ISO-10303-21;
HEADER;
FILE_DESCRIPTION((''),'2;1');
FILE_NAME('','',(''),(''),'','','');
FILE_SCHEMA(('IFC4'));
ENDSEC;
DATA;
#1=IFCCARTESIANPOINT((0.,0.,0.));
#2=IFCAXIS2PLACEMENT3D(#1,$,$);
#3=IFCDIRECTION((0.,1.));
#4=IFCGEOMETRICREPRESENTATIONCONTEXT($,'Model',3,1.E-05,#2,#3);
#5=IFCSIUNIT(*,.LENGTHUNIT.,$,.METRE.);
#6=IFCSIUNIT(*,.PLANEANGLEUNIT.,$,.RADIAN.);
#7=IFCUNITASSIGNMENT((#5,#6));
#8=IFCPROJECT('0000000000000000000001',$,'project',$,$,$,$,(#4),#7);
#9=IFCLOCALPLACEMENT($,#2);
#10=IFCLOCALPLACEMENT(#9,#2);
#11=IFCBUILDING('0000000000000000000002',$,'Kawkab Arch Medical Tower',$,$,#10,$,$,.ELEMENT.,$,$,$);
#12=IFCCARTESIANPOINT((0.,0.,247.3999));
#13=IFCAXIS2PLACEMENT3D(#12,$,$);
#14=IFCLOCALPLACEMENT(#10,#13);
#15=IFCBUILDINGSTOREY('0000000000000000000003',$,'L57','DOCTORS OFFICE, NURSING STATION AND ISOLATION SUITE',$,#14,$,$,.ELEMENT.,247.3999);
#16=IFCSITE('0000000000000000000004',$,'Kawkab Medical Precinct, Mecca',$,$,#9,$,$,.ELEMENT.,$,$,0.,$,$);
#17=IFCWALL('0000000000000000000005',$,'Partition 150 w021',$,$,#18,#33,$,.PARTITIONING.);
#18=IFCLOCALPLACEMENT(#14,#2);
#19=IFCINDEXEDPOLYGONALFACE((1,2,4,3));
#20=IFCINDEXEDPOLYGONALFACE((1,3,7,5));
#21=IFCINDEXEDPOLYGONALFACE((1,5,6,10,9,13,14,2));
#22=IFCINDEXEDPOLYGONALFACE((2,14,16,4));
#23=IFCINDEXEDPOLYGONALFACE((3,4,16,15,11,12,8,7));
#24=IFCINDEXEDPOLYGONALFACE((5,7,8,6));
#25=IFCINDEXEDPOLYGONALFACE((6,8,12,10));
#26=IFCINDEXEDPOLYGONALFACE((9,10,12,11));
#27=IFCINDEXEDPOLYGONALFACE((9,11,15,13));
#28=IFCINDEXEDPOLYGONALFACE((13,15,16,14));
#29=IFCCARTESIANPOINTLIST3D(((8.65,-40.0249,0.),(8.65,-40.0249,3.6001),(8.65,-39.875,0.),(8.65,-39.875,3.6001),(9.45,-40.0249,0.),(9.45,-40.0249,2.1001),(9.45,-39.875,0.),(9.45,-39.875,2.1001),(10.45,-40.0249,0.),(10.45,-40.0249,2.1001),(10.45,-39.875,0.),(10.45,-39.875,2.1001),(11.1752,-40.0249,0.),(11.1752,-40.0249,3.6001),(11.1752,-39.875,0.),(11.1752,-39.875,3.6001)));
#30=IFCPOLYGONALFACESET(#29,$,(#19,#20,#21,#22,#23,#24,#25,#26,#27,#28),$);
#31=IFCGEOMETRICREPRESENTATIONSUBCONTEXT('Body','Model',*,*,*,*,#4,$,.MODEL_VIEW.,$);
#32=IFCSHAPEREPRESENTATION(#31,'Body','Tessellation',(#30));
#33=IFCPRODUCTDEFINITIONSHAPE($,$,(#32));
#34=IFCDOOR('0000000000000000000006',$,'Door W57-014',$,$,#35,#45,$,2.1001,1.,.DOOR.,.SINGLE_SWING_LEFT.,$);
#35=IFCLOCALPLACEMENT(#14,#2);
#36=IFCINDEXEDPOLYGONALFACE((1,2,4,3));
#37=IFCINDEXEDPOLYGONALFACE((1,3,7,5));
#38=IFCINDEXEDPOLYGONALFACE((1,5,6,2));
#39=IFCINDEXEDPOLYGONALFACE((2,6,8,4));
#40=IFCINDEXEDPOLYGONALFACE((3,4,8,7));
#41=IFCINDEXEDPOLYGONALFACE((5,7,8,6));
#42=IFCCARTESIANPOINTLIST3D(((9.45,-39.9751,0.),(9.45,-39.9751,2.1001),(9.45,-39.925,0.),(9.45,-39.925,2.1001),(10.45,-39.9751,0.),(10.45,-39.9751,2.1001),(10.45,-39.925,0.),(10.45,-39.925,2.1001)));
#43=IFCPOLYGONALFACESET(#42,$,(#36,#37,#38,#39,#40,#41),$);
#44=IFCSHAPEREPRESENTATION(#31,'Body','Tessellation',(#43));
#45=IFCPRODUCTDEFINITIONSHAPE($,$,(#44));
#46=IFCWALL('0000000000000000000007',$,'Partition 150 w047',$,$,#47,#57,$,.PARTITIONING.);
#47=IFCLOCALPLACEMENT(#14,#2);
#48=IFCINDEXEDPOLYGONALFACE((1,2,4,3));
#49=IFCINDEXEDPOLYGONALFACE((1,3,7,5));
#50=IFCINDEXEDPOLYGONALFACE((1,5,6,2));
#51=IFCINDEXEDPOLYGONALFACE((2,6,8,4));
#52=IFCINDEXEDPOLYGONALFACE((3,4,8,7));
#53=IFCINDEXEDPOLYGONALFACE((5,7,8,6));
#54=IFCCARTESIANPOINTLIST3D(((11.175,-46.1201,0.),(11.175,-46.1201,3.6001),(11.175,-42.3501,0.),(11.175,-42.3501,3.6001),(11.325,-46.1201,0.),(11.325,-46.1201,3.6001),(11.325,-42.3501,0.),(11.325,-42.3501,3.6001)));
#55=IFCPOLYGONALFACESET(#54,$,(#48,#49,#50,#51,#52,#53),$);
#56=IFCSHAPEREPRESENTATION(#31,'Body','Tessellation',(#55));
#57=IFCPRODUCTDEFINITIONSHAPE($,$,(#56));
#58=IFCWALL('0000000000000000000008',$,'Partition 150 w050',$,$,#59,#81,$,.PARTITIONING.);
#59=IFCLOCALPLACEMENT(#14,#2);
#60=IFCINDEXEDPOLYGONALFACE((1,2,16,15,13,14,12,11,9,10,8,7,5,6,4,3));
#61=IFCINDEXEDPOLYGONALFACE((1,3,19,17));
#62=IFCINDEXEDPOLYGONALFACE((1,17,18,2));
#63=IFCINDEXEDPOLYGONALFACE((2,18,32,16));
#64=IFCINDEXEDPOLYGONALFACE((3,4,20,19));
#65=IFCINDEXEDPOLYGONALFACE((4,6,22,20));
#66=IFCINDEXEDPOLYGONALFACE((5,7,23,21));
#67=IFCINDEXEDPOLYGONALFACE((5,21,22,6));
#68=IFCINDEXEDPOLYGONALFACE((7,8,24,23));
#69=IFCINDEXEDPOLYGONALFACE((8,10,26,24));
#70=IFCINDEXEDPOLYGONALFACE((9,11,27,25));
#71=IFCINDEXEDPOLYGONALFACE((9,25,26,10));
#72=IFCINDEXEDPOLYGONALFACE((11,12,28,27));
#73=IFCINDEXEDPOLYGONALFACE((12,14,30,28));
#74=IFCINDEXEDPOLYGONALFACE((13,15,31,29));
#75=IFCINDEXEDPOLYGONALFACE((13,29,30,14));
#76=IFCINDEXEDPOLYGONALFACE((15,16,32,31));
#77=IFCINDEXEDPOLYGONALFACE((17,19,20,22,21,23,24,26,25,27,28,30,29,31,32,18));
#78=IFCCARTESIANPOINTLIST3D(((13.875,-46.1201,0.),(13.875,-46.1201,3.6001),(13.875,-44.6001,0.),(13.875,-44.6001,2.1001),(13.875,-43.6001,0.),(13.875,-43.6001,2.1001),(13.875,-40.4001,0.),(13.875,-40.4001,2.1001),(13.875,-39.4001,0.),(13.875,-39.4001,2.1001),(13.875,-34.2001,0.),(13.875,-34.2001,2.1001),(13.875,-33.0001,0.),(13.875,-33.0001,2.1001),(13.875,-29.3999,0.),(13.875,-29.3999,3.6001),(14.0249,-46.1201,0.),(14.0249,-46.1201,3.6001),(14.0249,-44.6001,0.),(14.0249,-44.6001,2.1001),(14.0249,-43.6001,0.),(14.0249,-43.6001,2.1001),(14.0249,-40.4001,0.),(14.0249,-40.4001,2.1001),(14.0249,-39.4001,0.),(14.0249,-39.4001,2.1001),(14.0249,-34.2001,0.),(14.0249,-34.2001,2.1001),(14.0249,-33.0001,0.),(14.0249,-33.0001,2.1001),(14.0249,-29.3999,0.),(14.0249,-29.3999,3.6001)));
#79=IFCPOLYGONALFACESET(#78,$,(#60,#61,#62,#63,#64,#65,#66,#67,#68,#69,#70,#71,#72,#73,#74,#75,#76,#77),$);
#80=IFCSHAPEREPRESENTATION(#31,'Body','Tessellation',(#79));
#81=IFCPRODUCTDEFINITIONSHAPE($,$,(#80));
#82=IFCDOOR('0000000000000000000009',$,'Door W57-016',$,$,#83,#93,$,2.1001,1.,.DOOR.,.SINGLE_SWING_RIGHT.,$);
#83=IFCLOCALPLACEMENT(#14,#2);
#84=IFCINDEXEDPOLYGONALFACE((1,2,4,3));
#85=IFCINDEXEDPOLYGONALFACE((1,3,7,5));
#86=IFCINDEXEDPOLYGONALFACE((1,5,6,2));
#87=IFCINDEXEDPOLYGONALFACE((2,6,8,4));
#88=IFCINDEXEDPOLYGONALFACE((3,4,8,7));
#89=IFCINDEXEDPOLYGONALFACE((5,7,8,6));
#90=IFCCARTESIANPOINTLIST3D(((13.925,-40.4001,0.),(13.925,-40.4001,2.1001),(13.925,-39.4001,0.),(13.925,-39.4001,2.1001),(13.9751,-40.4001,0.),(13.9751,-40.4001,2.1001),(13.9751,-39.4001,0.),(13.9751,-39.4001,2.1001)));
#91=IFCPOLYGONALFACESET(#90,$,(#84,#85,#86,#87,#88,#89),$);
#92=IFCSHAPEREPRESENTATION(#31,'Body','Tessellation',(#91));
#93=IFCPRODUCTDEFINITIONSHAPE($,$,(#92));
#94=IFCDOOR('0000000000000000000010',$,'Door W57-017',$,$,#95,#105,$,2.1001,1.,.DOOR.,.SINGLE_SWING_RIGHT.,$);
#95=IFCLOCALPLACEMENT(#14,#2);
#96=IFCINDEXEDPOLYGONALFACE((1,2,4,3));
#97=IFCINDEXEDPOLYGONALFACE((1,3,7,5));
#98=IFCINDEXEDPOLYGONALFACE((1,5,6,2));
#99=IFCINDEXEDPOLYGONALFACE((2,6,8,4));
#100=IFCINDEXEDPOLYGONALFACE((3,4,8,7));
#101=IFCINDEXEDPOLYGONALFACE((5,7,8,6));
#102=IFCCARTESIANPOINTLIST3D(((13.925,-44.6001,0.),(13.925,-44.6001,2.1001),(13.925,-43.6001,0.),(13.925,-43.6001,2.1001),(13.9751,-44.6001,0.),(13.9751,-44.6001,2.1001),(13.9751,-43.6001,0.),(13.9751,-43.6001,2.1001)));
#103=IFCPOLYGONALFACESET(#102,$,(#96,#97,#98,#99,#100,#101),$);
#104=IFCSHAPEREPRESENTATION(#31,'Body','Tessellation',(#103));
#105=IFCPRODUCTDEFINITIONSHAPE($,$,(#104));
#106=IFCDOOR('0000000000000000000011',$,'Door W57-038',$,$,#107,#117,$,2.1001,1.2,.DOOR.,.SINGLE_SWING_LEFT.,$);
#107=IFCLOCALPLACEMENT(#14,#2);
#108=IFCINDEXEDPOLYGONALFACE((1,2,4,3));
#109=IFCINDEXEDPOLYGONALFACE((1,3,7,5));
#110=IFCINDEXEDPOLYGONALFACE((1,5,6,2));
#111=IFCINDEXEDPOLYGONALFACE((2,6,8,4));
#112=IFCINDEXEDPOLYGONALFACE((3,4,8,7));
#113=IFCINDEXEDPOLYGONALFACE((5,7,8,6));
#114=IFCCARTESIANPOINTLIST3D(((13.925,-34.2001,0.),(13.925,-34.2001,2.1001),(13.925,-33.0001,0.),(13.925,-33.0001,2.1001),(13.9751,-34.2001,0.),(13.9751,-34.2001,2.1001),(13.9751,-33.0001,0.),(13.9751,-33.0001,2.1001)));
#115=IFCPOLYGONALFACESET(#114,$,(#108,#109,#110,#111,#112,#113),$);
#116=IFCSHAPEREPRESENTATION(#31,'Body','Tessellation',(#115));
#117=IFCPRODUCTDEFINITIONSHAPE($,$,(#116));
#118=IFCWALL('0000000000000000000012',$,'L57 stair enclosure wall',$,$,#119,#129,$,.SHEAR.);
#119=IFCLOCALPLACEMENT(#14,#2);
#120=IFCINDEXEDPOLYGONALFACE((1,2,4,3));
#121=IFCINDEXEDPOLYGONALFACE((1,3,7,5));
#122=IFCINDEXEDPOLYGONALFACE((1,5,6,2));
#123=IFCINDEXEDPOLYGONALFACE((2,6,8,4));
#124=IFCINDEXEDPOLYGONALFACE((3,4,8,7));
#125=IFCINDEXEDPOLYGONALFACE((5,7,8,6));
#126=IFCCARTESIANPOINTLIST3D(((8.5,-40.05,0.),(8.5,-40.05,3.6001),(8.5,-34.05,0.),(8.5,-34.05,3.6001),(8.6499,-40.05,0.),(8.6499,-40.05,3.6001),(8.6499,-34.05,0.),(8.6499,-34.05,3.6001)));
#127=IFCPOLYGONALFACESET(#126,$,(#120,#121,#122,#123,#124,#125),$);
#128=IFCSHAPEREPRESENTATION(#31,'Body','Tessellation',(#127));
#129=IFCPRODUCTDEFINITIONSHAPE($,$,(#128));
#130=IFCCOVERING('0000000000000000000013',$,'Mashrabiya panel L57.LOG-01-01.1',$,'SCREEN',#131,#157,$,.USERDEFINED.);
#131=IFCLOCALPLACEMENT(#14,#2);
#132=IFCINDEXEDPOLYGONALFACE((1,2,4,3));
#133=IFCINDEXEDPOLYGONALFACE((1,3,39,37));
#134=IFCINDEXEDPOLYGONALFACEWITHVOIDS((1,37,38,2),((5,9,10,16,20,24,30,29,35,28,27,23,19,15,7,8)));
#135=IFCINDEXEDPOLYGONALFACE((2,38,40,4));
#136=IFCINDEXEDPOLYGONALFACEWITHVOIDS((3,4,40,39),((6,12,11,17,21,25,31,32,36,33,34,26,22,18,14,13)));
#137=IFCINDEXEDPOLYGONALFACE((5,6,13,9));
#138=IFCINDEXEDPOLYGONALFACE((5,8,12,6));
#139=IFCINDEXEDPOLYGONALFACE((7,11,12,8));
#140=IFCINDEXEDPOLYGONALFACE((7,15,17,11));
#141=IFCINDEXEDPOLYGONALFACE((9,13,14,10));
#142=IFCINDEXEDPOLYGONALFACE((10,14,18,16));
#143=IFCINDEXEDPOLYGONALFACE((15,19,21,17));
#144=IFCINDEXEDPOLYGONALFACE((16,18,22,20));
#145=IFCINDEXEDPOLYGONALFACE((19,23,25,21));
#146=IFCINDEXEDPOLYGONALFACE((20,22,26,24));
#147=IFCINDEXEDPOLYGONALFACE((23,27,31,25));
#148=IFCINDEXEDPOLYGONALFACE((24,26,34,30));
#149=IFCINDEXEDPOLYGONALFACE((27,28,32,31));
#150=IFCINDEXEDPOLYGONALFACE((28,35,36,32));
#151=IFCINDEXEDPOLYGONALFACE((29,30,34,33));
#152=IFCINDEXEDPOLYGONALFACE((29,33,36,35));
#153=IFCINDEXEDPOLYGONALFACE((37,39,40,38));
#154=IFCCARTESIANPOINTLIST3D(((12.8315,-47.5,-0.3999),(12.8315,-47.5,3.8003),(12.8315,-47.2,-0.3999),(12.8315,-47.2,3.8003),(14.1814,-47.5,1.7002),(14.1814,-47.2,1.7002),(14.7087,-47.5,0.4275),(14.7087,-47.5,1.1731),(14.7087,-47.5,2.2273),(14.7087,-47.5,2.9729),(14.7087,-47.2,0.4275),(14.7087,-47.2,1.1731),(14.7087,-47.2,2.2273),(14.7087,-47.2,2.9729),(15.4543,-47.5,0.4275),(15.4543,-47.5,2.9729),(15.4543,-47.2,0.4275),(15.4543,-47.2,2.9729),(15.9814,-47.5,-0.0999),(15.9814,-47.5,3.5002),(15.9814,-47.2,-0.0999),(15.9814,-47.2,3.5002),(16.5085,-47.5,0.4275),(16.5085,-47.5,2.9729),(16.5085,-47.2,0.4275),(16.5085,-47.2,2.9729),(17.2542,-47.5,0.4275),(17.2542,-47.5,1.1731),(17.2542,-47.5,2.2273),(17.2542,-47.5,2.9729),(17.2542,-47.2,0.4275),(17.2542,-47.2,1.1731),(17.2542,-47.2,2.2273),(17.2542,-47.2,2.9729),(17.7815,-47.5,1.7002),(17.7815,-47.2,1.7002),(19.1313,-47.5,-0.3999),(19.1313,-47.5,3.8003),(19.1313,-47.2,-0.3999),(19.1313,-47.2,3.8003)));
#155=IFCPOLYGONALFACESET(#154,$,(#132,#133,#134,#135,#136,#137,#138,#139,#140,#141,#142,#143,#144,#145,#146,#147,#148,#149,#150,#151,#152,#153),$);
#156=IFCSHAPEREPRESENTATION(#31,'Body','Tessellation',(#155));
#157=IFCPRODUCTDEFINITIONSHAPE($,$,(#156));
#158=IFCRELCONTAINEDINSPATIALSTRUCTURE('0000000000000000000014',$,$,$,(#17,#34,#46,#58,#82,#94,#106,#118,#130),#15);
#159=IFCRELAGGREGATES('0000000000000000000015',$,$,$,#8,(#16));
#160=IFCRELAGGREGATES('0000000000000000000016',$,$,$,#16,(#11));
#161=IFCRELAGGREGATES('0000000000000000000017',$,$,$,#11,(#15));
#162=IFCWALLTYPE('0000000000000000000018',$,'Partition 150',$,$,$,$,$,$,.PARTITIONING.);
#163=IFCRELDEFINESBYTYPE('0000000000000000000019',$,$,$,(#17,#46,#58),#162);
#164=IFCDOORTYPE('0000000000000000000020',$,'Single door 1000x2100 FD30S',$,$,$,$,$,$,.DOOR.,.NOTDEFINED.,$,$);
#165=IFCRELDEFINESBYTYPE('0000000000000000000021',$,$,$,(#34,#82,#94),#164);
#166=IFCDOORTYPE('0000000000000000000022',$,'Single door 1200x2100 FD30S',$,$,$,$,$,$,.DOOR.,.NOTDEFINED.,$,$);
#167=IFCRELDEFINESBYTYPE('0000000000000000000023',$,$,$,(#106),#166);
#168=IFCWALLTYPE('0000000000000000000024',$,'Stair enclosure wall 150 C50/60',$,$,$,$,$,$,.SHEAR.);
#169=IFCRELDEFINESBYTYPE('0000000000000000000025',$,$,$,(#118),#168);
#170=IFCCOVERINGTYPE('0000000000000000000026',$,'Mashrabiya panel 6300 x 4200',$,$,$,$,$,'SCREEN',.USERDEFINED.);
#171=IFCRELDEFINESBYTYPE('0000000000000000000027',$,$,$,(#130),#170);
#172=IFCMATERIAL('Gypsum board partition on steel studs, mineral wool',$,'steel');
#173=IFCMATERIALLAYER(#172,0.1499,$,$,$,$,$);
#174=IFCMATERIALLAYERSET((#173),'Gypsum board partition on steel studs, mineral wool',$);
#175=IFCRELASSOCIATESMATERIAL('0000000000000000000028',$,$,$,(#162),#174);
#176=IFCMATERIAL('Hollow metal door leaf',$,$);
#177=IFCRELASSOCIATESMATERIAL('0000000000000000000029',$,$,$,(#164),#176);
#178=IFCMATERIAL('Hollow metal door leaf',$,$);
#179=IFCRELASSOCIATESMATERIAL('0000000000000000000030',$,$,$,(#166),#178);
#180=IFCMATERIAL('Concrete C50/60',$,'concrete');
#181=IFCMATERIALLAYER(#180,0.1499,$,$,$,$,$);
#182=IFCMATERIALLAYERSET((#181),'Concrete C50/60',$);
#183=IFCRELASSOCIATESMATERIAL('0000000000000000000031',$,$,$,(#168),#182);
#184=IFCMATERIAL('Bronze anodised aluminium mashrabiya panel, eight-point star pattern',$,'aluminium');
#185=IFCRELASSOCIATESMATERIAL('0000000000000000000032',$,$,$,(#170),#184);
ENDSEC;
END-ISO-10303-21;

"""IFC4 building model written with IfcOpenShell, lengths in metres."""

from ifc_helpers import new_model, si_unit, direction, frame, frame_2d, origin, place, context, subcontext, project, spatial, polyline, rectangle, outline, extrude, material, layer, layer_set, material_profile, profile_set, type_object, element, fill, save


model = new_model("IFC4")

# Units and contexts
model_context = context("Model", 3, precision=1e-05, world=origin(), true_north=direction((0.0, 1.0)))
body_context = subcontext(model_context, "Body", "Model", "MODEL_VIEW")
ifc_project = project(units=[si_unit("LENGTHUNIT", "METRE"), si_unit("PLANEANGLEUNIT", "RADIAN")], contexts=[model_context])

# Site, building, storey
site_placement = place(None, origin())
site = spatial("IfcSite", under=ifc_project, at=site_placement, Name="Kawkab Medical Precinct, Mecca", CompositionType="ELEMENT", RefElevation=0.0)
building_placement = place(site_placement, origin())
building = spatial("IfcBuilding", under=site, at=building_placement, Name="Kawkab Arch Medical Tower", CompositionType="ELEMENT")
storey_placement = place(building_placement, frame((0.0, 0.0, 247.3999)))
storey = spatial("IfcBuildingStorey", under=building, at=storey_placement, Name="L57", Description="DOCTORS OFFICE, NURSING STATION AND ISOLATION SUITE", CompositionType="ELEMENT", Elevation=247.3999)

# Shared definitions
ifc_material_1 = material(Name="Gypsum board partition on steel studs, mineral wool", Category="steel")
ifc_layer_1 = layer(ifc_material_1, 0.1499)
ifc_layer_set_1 = layer_set([ifc_layer_1], Name="Gypsum board partition on steel studs, mineral wool")
wall_type_1 = type_object("IfcWallType", Name="Partition 150", PredefinedType="PARTITIONING", material=ifc_layer_set_1)

# Wall, opening, door
wall_1_placement = place(storey_placement, frame((8.6499, -39.95, 0.0), z_axis=(0.0, 0.0, 1.0), x_axis=(1.0, 0.0, 0.0)))
wall_1 = element("IfcWall", 1, at=wall_1_placement, inside=storey, type_object=wall_type_1, Name="Partition 150 w021", PredefinedType="PARTITIONING", context=body_context, shape_type="SweptSolid", body=[
    extrude(rectangle(XDim=2.5251, YDim=0.1499, at=frame_2d((1.2627, 0.0))), origin(), (0.0, 0.0, 1.0), 3.6001),
])
opening_1_placement = place(wall_1_placement, frame((0.8, 0.0, 0.0)))
opening_1 = element("IfcOpeningElement", 2, at=opening_1_placement, cuts=wall_1, PredefinedType="OPENING", context=body_context, shape_type="SweptSolid", body=[
    extrude(rectangle(XDim=1.0, YDim=2.1001, at=frame_2d((0.5, 1.05))), frame((0.0, 0.085, 0.0), z_axis=(0.0, -1.0, 0.0), x_axis=(1.0, 0.0, 0.0)), (0.0, 0.0, 1.0), 0.1699),
])
ifc_material_2 = material(Name="Hollow metal door leaf")
door_type_1 = type_object("IfcDoorType", Name="Single door 1000x2100 FD30S", OperationType="NOTDEFINED", PredefinedType="DOOR", material=ifc_material_2)
door_1_placement = place(opening_1_placement, origin())
door_1 = element("IfcDoor", 3, at=door_1_placement, inside=storey, type_object=door_type_1, Name="Door W57-014", OperationType="SINGLE_SWING_LEFT", OverallHeight=2.1001, OverallWidth=1.0, PredefinedType="DOOR", context=body_context, shape_type="SweptSolid", body=[
    extrude(rectangle(XDim=1.0, YDim=2.1001, at=frame_2d((0.5, 1.05))), frame((0.0, 0.0249, 0.0), z_axis=(0.0, -1.0, 0.0), x_axis=(1.0, 0.0, 0.0)), (0.0, 0.0, 1.0), 0.05),
])
fill(opening_1, door_1)

# Wall
wall_2_placement = place(storey_placement, frame((11.25, -46.1201, 0.0), z_axis=(0.0, 0.0, 1.0), x_axis=(0.0, 1.0, 0.0)))
element("IfcWall", 4, at=wall_2_placement, inside=storey, type_object=wall_type_1, Name="Partition 150 w047", PredefinedType="PARTITIONING", context=body_context, shape_type="SweptSolid", body=[
    extrude(rectangle(XDim=3.77, YDim=0.1499, at=frame_2d((1.885, 0.0))), origin(), (0.0, 0.0, 1.0), 3.6001),
])

# Wall, openings, doors
wall_3_placement = place(storey_placement, frame((13.95, -46.1201, 0.0), z_axis=(0.0, 0.0, 1.0), x_axis=(0.0, 1.0, 0.0)))
wall_3 = element("IfcWall", 5, at=wall_3_placement, inside=storey, type_object=wall_type_1, Name="Partition 150 w050", PredefinedType="PARTITIONING", context=body_context, shape_type="SweptSolid", body=[
    extrude(rectangle(XDim=16.7202, YDim=0.1499, at=frame_2d((8.3601, 0.0))), origin(), (0.0, 0.0, 1.0), 3.6001),
])
opening_2_placement = place(wall_3_placement, frame((11.9199, 0.0, 0.0)))
opening_2 = element("IfcOpeningElement", 6, at=opening_2_placement, cuts=wall_3, PredefinedType="OPENING", context=body_context, shape_type="SweptSolid", body=[
    extrude(rectangle(XDim=1.2, YDim=2.1001, at=frame_2d((0.6001, 1.05))), frame((0.0, 0.085, 0.0), z_axis=(0.0, -1.0, 0.0), x_axis=(1.0, 0.0, 0.0)), (0.0, 0.0, 1.0), 0.1699),
])
opening_3_placement = place(wall_3_placement, frame((5.72, 0.0, 0.0)))
opening_3 = element("IfcOpeningElement", 7, at=opening_3_placement, cuts=wall_3, PredefinedType="OPENING", context=body_context, shape_type="SweptSolid", body=[
    extrude(rectangle(XDim=1.0, YDim=2.1001, at=frame_2d((0.5, 1.05))), frame((0.0, 0.085, 0.0), z_axis=(0.0, -1.0, 0.0), x_axis=(1.0, 0.0, 0.0)), (0.0, 0.0, 1.0), 0.1699),
])
opening_4_placement = place(wall_3_placement, frame((1.52, 0.0, 0.0)))
opening_4 = element("IfcOpeningElement", 8, at=opening_4_placement, cuts=wall_3, PredefinedType="OPENING", context=body_context, shape_type="SweptSolid", body=[
    extrude(rectangle(XDim=1.0, YDim=2.1001, at=frame_2d((0.5, 1.05))), frame((0.0, 0.085, 0.0), z_axis=(0.0, -1.0, 0.0), x_axis=(1.0, 0.0, 0.0)), (0.0, 0.0, 1.0), 0.1699),
])
door_2_placement = place(opening_3_placement, origin())
door_2 = element("IfcDoor", 9, at=door_2_placement, inside=storey, type_object=door_type_1, Name="Door W57-016", OperationType="SINGLE_SWING_RIGHT", OverallHeight=2.1001, OverallWidth=1.0, PredefinedType="DOOR", context=body_context, shape_type="SweptSolid", body=[
    extrude(rectangle(XDim=1.0, YDim=2.1001, at=frame_2d((0.5, 1.05))), frame((0.0, 0.0249, 0.0), z_axis=(0.0, -1.0, 0.0), x_axis=(1.0, 0.0, 0.0)), (0.0, 0.0, 1.0), 0.05),
])
fill(opening_3, door_2)
door_3_placement = place(opening_4_placement, origin())
door_3 = element("IfcDoor", 10, at=door_3_placement, inside=storey, type_object=door_type_1, Name="Door W57-017", OperationType="SINGLE_SWING_RIGHT", OverallHeight=2.1001, OverallWidth=1.0, PredefinedType="DOOR", context=body_context, shape_type="SweptSolid", body=[
    extrude(rectangle(XDim=1.0, YDim=2.1001, at=frame_2d((0.5, 1.05))), frame((0.0, 0.0249, 0.0), z_axis=(0.0, -1.0, 0.0), x_axis=(1.0, 0.0, 0.0)), (0.0, 0.0, 1.0), 0.05),
])
fill(opening_4, door_3)
ifc_material_3 = material(Name="Hollow metal door leaf")
door_type_2 = type_object("IfcDoorType", Name="Single door 1200x2100 FD30S", OperationType="NOTDEFINED", PredefinedType="DOOR", material=ifc_material_3)
door_4_placement = place(opening_2_placement, origin())
door_4 = element("IfcDoor", 11, at=door_4_placement, inside=storey, type_object=door_type_2, Name="Door W57-038", OperationType="SINGLE_SWING_LEFT", OverallHeight=2.1001, OverallWidth=1.2, PredefinedType="DOOR", context=body_context, shape_type="SweptSolid", body=[
    extrude(rectangle(XDim=1.2, YDim=2.1001, at=frame_2d((0.6001, 1.05))), frame((0.0, 0.0249, 0.0), z_axis=(0.0, -1.0, 0.0), x_axis=(1.0, 0.0, 0.0)), (0.0, 0.0, 1.0), 0.05),
])
fill(opening_2, door_4)

# Wall
ifc_material_4 = material(Name="Concrete C50/60", Category="concrete")
ifc_layer_2 = layer(ifc_material_4, 0.1499)
ifc_layer_set_2 = layer_set([ifc_layer_2], Name="Concrete C50/60")
wall_type_2 = type_object("IfcWallType", Name="Stair enclosure wall 150 C50/60", PredefinedType="SHEAR", material=ifc_layer_set_2)
wall_4_placement = place(storey_placement, frame((8.575, -40.05, 0.0), z_axis=(0.0, 0.0, 1.0), x_axis=(0.0, 1.0, 0.0)))
element("IfcWall", 12, at=wall_4_placement, inside=storey, type_object=wall_type_2, Name="L57 stair enclosure wall", PredefinedType="SHEAR", context=body_context, shape_type="SweptSolid", body=[
    extrude(rectangle(XDim=6.0, YDim=0.1499, at=frame_2d((3.0, 0.0))), origin(), (0.0, 0.0, 1.0), 3.6001),
])

# Covering
ifc_material_5 = material(Name="Bronze anodised aluminium mashrabiya panel, eight-point star pattern", Category="aluminium")
ifc_material_profile_1 = material_profile(ifc_material_5, outline(polyline([(-3.1499, -2.1001), (3.1499, -2.1001), (3.1499, 2.1001), (-3.1499, 2.1001), (-3.1499, -2.1001)]), holes=[polyline([(1.8, 0.0), (1.2727, 0.5271), (1.2727, 1.2727), (0.5271, 1.2727), (0.0, 1.8), (-0.5271, 1.2727), (-1.2727, 1.2727), (-1.2727, 0.5271), (-1.8, 0.0), (-1.2727, -0.5271), (-1.2727, -1.2727), (-0.5271, -1.2727), (0.0, -1.8), (0.5271, -1.2727), (1.2727, -1.2727), (1.2727, -0.5271), (1.8, 0.0)])]), Name="Mashrabiya panel 6300x4200")
ifc_profile_set_1 = profile_set([ifc_material_profile_1], Name="Bronze anodised aluminium mashrabiya panel, eight-point star pattern")
covering_type_1 = type_object("IfcCoveringType", Name="Mashrabiya panel 6300 x 4200", ElementType="SCREEN", PredefinedType="USERDEFINED", material=ifc_profile_set_1)
covering_1_placement = place(storey_placement, frame((15.9814, -47.2, 1.7002), z_axis=(0.0, -1.0, 0.0), x_axis=(1.0, 0.0, 0.0)))
element("IfcCovering", 13, at=covering_1_placement, inside=storey, type_object=covering_type_1, Name="Mashrabiya panel L57.LOG-01-01.1", ObjectType="SCREEN", PredefinedType="USERDEFINED", context=body_context, shape_type="SweptSolid", body=[
    extrude(outline(polyline([(-3.1499, -2.1001), (3.1499, -2.1001), (3.1499, 2.1001), (-3.1499, 2.1001), (-3.1499, -2.1001)]), holes=[polyline([(1.8, 0.0), (1.2727, 0.5271), (1.2727, 1.2727), (0.5271, 1.2727), (0.0, 1.8), (-0.5271, 1.2727), (-1.2727, 1.2727), (-1.2727, 0.5271), (-1.8, 0.0), (-1.2727, -0.5271), (-1.2727, -1.2727), (-0.5271, -1.2727), (0.0, -1.8), (0.5271, -1.2727), (1.2727, -1.2727), (1.2727, -0.5271), (1.8, 0.0)])]), origin(), (0.0, 0.0, 1.0), 0.3),
])

save(model, "model.ifc")
